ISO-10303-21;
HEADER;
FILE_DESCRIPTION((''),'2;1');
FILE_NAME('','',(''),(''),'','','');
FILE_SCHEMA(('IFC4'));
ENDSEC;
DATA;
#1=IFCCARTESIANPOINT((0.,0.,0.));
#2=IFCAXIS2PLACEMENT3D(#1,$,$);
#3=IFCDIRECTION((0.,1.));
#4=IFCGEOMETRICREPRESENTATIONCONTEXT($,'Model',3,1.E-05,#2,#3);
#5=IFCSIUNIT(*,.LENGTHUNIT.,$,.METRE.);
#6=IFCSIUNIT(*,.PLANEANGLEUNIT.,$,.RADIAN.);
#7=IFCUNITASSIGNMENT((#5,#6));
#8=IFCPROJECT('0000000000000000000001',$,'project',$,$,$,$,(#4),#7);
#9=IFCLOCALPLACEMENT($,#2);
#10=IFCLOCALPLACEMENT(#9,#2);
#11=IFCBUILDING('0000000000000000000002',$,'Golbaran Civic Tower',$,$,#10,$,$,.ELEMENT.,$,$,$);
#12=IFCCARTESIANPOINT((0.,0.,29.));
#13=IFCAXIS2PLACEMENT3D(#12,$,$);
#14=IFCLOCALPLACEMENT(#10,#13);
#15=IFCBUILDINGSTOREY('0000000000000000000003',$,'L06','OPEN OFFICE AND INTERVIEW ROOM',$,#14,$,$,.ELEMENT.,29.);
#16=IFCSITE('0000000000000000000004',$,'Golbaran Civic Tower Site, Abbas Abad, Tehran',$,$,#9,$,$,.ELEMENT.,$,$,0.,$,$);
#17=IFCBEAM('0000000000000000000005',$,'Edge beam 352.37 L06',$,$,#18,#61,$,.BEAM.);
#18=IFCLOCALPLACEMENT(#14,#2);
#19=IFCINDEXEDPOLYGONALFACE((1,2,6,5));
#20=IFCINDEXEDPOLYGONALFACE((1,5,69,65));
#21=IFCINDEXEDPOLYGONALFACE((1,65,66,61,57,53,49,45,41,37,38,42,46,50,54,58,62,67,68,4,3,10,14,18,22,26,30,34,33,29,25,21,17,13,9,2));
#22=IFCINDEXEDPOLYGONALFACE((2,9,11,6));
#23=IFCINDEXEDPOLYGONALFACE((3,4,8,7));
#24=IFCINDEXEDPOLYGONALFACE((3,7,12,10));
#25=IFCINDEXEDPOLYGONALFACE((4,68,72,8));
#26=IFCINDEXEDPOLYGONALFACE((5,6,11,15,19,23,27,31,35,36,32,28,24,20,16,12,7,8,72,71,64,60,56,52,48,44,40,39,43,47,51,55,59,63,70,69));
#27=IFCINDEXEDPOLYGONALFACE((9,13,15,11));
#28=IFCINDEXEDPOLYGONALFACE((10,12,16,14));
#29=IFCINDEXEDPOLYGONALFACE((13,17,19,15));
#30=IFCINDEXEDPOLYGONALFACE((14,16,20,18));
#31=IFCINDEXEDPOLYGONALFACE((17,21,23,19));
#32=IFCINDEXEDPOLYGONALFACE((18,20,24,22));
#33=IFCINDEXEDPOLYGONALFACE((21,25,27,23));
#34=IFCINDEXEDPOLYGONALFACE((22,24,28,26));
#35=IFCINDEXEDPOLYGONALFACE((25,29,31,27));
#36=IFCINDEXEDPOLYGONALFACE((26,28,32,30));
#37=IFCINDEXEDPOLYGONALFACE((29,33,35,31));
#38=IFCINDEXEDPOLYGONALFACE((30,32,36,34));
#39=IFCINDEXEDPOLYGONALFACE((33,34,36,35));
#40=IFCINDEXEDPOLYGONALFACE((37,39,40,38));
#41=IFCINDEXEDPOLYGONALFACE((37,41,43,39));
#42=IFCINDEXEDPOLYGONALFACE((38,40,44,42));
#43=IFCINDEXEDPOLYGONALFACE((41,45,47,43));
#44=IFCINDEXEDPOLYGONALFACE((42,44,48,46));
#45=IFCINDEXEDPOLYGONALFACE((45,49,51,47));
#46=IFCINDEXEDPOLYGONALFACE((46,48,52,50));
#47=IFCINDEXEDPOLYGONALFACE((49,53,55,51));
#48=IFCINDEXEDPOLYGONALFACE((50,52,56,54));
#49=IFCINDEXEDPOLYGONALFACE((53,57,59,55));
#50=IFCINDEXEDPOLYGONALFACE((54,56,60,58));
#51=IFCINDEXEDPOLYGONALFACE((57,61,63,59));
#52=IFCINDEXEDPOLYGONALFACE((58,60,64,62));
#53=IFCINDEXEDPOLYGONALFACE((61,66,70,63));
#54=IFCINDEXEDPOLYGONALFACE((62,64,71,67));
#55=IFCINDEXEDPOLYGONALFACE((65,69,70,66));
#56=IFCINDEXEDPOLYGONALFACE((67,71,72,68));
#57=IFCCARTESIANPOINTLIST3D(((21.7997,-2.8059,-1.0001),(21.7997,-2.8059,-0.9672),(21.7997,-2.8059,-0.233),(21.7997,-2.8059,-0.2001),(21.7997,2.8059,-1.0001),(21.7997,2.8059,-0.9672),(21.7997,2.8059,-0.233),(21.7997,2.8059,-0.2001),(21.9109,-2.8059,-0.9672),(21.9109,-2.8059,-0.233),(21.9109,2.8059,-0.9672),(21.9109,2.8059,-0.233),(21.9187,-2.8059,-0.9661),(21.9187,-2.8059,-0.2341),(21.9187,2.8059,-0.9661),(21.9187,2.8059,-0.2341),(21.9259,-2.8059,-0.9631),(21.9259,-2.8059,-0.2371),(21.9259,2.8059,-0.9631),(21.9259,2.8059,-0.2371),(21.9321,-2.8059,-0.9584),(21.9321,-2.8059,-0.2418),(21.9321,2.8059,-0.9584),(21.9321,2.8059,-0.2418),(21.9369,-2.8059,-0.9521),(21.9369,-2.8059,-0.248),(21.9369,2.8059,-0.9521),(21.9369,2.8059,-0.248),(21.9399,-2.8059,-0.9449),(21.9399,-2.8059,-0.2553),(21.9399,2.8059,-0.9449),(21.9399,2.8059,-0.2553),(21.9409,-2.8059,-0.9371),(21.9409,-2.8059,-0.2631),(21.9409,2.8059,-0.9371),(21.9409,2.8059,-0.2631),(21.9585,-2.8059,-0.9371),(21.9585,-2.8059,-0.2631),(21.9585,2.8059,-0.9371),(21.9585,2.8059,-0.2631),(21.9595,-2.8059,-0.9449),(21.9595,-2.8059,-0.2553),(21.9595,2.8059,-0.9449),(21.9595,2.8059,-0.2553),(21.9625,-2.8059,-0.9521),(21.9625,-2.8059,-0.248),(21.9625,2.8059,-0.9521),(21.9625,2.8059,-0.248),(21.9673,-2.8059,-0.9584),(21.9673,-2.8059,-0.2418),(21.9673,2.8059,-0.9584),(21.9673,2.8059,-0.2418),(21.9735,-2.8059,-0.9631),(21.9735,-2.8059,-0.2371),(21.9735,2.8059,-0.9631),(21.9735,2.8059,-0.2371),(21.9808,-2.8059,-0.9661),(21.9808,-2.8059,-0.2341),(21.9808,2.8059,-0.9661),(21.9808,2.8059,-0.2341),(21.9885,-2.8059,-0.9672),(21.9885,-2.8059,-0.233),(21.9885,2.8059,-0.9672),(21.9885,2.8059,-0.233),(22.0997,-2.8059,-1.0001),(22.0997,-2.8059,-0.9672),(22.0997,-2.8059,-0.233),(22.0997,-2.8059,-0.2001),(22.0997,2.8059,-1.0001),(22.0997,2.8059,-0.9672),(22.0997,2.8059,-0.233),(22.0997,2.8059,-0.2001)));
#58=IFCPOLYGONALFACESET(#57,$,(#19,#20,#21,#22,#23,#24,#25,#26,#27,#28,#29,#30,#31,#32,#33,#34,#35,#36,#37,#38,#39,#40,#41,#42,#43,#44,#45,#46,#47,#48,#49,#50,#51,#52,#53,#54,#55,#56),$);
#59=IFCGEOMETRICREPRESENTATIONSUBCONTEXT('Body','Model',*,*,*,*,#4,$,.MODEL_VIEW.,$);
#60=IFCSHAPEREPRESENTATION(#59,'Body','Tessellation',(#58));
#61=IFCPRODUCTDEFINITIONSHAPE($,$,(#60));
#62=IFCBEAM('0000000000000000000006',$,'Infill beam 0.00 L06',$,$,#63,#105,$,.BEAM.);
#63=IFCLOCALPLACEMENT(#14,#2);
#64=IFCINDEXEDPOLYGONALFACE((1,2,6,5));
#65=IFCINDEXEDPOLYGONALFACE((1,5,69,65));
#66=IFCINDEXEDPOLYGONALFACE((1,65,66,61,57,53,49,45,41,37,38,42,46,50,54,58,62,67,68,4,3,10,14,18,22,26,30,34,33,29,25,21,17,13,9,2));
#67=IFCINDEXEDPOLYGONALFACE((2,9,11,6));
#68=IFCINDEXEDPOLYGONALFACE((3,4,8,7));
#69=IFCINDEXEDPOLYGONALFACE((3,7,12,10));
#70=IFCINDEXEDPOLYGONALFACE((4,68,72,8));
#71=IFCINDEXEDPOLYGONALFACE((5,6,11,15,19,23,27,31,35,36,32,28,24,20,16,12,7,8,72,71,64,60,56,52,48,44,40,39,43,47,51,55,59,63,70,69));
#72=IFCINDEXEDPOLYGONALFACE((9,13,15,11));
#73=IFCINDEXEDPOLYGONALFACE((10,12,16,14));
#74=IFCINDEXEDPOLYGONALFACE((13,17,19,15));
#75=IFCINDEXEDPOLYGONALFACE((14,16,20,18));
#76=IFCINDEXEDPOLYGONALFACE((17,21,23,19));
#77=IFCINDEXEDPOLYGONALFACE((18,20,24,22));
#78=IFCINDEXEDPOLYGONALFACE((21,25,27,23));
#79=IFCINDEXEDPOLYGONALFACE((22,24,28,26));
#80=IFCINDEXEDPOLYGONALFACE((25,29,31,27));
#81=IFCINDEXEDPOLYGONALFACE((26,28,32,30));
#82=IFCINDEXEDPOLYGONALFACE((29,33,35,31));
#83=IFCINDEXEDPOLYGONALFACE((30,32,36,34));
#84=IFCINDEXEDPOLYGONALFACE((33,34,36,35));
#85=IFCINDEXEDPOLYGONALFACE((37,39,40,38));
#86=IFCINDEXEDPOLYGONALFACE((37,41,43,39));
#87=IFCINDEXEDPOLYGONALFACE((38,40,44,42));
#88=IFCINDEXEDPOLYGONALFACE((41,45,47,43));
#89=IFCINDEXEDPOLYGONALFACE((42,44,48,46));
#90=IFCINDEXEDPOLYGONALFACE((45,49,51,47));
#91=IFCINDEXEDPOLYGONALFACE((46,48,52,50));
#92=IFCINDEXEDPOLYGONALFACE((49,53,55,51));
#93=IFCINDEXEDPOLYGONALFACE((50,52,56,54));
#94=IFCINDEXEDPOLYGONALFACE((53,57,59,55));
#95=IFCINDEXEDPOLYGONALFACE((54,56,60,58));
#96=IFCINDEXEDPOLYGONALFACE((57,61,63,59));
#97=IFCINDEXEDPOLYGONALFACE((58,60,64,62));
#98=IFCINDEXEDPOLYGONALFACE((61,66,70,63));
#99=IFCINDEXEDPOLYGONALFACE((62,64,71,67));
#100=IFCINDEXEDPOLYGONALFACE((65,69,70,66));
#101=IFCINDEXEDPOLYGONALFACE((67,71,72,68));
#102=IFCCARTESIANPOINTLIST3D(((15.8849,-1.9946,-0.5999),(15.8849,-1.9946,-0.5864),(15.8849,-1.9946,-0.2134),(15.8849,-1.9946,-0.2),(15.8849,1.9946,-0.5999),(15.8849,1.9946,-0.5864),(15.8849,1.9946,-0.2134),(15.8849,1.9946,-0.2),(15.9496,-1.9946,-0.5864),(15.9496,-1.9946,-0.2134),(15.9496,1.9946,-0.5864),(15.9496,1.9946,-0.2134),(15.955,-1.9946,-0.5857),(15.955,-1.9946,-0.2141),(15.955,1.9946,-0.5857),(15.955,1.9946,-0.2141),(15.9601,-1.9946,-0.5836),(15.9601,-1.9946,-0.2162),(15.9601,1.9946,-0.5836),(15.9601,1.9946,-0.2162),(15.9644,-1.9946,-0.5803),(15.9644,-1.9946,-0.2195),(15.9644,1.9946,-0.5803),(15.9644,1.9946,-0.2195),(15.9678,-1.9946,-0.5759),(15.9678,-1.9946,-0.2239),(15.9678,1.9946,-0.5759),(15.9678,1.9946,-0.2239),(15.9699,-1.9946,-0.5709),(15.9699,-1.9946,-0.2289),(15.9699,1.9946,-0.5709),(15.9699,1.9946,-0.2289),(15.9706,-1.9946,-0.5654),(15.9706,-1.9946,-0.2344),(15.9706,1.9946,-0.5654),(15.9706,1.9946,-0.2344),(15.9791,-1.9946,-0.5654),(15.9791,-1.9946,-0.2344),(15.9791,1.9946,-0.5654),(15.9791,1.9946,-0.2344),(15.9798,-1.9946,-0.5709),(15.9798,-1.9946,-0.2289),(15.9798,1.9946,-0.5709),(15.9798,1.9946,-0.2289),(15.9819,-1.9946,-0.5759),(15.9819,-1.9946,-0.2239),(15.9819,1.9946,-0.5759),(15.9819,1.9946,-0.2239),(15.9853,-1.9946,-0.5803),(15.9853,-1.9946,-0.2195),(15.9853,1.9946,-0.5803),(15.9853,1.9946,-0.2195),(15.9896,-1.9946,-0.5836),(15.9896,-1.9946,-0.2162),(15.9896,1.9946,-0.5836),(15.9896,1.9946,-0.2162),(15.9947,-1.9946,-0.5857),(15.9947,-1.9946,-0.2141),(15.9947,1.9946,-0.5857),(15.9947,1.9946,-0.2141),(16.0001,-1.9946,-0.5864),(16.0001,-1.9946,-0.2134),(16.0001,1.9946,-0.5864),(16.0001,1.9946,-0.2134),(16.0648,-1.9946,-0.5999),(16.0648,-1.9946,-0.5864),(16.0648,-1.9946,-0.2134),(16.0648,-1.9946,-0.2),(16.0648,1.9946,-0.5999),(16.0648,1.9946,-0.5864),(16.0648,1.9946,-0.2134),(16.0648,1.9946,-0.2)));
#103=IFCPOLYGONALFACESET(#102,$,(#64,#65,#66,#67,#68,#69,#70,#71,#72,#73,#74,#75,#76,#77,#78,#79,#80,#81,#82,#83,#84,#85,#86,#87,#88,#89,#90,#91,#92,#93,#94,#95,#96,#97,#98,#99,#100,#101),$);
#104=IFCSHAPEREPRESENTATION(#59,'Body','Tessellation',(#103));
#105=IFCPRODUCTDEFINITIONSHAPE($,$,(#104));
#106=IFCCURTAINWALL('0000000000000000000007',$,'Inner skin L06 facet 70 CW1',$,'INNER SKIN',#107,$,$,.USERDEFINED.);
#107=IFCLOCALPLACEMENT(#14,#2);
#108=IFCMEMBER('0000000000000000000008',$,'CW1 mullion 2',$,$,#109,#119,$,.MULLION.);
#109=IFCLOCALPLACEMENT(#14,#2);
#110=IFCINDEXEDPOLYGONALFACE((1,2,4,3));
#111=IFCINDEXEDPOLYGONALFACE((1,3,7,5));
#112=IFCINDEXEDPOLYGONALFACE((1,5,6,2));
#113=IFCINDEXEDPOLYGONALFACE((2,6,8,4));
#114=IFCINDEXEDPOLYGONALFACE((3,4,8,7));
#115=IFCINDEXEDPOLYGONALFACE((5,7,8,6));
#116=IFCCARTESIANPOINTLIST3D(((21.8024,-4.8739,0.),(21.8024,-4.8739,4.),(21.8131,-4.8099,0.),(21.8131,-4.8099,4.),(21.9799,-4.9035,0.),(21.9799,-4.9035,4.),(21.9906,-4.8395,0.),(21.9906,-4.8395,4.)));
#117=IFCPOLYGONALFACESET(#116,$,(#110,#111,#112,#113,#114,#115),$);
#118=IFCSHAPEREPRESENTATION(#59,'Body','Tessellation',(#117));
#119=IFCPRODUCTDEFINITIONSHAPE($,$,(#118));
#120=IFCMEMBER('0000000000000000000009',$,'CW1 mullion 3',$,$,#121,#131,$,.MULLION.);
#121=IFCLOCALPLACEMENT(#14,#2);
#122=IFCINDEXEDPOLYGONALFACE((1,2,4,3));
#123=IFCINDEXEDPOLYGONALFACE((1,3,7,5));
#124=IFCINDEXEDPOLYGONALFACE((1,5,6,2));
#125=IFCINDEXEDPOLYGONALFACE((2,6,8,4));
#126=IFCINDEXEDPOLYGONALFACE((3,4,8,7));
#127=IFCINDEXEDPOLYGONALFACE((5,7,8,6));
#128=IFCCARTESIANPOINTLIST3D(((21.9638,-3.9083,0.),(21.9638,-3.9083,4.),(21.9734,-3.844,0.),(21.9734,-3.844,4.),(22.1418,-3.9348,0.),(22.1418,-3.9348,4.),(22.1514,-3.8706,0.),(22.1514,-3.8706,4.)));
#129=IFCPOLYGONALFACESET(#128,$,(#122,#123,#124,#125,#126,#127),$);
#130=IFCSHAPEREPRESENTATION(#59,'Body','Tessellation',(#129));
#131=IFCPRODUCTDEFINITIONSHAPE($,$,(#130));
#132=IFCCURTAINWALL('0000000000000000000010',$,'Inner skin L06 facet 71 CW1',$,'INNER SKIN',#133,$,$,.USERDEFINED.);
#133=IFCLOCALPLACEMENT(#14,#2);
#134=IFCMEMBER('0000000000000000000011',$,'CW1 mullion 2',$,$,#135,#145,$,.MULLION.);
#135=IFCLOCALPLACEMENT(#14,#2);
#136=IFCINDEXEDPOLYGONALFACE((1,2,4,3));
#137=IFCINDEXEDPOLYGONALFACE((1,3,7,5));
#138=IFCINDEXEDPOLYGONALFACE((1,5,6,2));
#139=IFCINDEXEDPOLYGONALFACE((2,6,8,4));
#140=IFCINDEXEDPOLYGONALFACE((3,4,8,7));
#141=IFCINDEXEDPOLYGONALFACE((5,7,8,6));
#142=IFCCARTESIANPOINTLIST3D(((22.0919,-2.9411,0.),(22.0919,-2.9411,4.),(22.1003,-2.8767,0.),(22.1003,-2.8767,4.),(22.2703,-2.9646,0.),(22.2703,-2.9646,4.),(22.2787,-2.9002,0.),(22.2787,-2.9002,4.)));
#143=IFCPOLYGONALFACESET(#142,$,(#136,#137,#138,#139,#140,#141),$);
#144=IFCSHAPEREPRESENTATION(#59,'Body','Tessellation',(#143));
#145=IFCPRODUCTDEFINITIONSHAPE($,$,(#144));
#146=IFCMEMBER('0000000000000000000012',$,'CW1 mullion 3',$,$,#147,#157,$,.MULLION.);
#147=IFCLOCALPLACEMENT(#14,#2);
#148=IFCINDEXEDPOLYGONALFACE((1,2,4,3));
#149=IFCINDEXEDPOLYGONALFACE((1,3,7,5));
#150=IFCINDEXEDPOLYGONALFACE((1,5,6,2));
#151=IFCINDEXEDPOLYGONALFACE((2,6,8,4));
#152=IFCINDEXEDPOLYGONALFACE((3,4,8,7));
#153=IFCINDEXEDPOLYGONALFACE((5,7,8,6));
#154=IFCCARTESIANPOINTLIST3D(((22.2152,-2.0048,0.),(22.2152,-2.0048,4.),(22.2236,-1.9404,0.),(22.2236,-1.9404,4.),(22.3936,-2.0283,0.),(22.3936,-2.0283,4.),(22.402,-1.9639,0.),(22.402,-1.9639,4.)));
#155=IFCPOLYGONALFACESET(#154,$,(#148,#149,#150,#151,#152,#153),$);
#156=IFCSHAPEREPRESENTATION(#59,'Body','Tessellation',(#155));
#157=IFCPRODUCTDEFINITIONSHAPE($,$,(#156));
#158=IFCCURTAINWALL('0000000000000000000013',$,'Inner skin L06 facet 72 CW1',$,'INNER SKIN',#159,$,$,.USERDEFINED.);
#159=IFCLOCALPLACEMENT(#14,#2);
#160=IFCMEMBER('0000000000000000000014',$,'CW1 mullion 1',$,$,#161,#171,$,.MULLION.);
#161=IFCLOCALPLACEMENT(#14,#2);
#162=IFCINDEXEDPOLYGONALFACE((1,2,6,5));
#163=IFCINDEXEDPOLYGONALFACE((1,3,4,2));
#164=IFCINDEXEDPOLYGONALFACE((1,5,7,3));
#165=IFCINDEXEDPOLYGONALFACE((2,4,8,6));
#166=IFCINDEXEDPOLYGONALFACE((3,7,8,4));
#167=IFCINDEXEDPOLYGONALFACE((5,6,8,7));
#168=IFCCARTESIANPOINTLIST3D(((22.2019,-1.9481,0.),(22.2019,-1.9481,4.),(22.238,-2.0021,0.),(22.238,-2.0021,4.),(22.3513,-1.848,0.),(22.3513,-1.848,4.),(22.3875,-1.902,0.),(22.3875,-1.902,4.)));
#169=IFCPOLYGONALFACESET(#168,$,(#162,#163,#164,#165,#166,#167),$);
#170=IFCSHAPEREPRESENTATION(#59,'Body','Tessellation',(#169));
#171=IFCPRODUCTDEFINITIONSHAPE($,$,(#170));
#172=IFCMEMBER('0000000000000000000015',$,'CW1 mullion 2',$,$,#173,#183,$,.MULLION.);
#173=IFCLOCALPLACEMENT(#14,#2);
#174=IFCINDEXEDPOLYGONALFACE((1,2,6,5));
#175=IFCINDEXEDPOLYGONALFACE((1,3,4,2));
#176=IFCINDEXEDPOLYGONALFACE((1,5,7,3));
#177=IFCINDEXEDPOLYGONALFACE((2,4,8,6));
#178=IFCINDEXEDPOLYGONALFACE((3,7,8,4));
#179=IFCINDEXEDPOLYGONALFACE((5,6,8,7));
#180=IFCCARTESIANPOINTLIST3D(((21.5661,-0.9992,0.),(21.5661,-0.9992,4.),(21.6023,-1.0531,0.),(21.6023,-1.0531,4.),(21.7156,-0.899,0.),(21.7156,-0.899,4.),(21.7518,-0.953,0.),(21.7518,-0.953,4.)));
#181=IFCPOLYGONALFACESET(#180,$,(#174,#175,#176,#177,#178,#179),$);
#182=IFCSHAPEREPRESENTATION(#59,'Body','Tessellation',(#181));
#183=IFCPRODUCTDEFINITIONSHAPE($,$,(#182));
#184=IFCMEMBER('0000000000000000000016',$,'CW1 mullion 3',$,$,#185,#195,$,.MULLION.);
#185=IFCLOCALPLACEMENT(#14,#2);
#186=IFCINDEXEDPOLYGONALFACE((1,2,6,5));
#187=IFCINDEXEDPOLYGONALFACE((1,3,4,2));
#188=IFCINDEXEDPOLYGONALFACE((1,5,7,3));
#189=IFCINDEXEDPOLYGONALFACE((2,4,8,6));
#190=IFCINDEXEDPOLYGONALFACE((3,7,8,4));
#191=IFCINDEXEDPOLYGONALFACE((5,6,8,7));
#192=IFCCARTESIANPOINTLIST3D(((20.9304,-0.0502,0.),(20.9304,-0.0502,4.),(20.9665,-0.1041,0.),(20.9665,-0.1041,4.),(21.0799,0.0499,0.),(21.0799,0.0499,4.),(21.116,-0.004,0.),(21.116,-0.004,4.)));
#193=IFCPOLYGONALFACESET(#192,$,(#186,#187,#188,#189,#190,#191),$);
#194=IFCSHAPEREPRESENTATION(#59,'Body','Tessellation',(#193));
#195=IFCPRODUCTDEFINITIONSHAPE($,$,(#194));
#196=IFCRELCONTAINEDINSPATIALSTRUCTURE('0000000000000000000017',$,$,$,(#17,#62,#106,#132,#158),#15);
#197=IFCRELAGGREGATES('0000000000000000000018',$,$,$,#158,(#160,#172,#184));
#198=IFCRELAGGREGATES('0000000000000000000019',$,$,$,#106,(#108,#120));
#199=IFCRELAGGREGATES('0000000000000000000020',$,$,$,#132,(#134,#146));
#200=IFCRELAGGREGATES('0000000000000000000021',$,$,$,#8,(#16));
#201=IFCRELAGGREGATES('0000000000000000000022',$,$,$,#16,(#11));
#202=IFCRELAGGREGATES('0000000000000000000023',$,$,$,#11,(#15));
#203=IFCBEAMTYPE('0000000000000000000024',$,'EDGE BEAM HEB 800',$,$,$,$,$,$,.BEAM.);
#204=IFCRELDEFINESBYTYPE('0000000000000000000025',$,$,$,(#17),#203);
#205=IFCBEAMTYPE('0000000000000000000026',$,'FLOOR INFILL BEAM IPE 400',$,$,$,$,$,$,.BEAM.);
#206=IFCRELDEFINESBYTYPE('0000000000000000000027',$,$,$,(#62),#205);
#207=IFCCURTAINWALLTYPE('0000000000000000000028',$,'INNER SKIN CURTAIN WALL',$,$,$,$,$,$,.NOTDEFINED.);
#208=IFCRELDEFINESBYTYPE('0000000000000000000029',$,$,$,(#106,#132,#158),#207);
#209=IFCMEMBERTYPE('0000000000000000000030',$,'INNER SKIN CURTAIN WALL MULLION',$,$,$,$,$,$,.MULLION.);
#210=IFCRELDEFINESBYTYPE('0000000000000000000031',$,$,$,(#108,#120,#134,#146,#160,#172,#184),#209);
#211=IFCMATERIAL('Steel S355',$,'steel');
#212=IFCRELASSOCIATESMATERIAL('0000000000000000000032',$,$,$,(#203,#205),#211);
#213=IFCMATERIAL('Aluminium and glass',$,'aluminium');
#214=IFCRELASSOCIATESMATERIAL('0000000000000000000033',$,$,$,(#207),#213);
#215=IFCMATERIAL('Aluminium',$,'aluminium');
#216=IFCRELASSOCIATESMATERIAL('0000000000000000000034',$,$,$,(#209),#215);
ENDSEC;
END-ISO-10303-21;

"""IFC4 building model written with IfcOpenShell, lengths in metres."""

from ifc_helpers import new_model, si_unit, direction, frame, origin, origin_2d, place, context, subcontext, project, spatial, rectangle, i_section, extrude, material, material_profile, profile_set, type_object, element, aggregate, save


model = new_model("IFC4")

# Units and contexts
model_context = context("Model", 3, precision=1e-05, world=origin(), true_north=direction((0.0, 1.0)))
body_context = subcontext(model_context, "Body", "Model", "MODEL_VIEW")
ifc_project = project(units=[si_unit("LENGTHUNIT", "METRE"), si_unit("PLANEANGLEUNIT", "RADIAN")], contexts=[model_context])

# Site, building, storey
site_placement = place(None, origin())
site = spatial("IfcSite", under=ifc_project, at=site_placement, Name="Golbaran Civic Tower Site, Abbas Abad, Tehran", CompositionType="ELEMENT", RefElevation=0.0)
building_placement = place(site_placement, origin())
building = spatial("IfcBuilding", under=site, at=building_placement, Name="Golbaran Civic Tower", CompositionType="ELEMENT")
storey_placement = place(building_placement, frame((0.0, 0.0, 29.0)))
storey = spatial("IfcBuildingStorey", under=building, at=storey_placement, Name="L06", Description="OPEN OFFICE AND INTERVIEW ROOM", CompositionType="ELEMENT", Elevation=29.0)

# Beams
ifc_material_1 = material(Name="Steel S355", Category="steel")
ifc_material_profile_1 = material_profile(ifc_material_1, i_section(OverallWidth=0.3, OverallDepth=0.8, WebThickness=0.0176, FlangeThickness=0.033, FilletRadius=0.03, at=origin_2d()), Name="HEB 800")
ifc_profile_set_1 = profile_set([ifc_material_profile_1], Name="Steel S355")
beam_type_1 = type_object("IfcBeamType", Name="EDGE BEAM HEB 800", PredefinedType="BEAM", material=ifc_profile_set_1)
beam_1_placement = place(storey_placement, frame((21.9497, -2.8059, -0.6001), z_axis=(0.0, 1.0, 0.0), x_axis=(-1.0, 0.0, 0.0)))
element("IfcBeam", 1, at=beam_1_placement, inside=storey, type_object=beam_type_1, Name="Edge beam 352.37 L06", PredefinedType="BEAM", context=body_context, shape_type="SweptSolid", body=[
    extrude(i_section(OverallWidth=0.3, OverallDepth=0.8, WebThickness=0.0176, FlangeThickness=0.033, FilletRadius=0.03, at=origin_2d()), origin(), (0.0, 0.0, 1.0), 5.6118),
])
ifc_material_profile_2 = material_profile(ifc_material_1, i_section(OverallWidth=0.1799, OverallDepth=0.3999, WebThickness=0.0085, FlangeThickness=0.0134, FilletRadius=0.021, at=origin_2d()), Name="IPE 400")
ifc_profile_set_2 = profile_set([ifc_material_profile_2], Name="Steel S355")
beam_type_2 = type_object("IfcBeamType", Name="FLOOR INFILL BEAM IPE 400", PredefinedType="BEAM", material=ifc_profile_set_2)
beam_2_placement = place(storey_placement, frame((15.9749, -1.9946, -0.3999), z_axis=(0.0, 1.0, 0.0), x_axis=(-1.0, 0.0, 0.0)))
element("IfcBeam", 2, at=beam_2_placement, inside=storey, type_object=beam_type_2, Name="Infill beam 0.00 L06", PredefinedType="BEAM", context=body_context, shape_type="SweptSolid", body=[
    extrude(i_section(OverallWidth=0.1799, OverallDepth=0.3999, WebThickness=0.0085, FlangeThickness=0.0134, FilletRadius=0.021, at=origin_2d()), origin(), (0.0, 0.0, 1.0), 3.9893),
])

# Curtain walls, members
ifc_material_2 = material(Name="Aluminium and glass", Category="aluminium")
curtain_wall_type = type_object("IfcCurtainWallType", Name="INNER SKIN CURTAIN WALL", PredefinedType="NOTDEFINED", material=ifc_material_2)
curtain_wall_1_placement = place(storey_placement, origin())
curtain_wall_1 = element("IfcCurtainWall", 3, at=curtain_wall_1_placement, inside=storey, type_object=curtain_wall_type, Name="Inner skin L06 facet 70 CW1", ObjectType="INNER SKIN", PredefinedType="USERDEFINED")
ifc_material_3 = material(Name="Aluminium", Category="aluminium")
ifc_material_profile_3 = material_profile(ifc_material_3, rectangle(XDim=0.1799, YDim=0.0649, at=origin_2d()), Name="INNER SKIN CURTAIN WALL MULLION")
ifc_profile_set_3 = profile_set([ifc_material_profile_3], Name="Aluminium")
member_type_1 = type_object("IfcMemberType", Name="INNER SKIN CURTAIN WALL MULLION", PredefinedType="MULLION", material=ifc_profile_set_3)
member_1_placement = place(storey_placement, frame((21.8965, -4.8567, 0.0), z_axis=(0.0, 0.0, 1.0), x_axis=(-0.986391, 0.164415, 0.0)))
member_1 = element("IfcMember", 4, at=member_1_placement, type_object=member_type_1, Name="CW1 mullion 2", PredefinedType="MULLION", context=body_context, shape_type="SweptSolid", body=[
    extrude(rectangle(XDim=0.1799, YDim=0.0649, at=origin_2d()), origin(), (0.0, 0.0, 1.0), 4.0),
])
member_2_placement = place(storey_placement, frame((22.0576, -3.8894, 0.0), z_axis=(0.0, 0.0, 1.0), x_axis=(-0.989063, 0.147492, 0.0)))
member_2 = element("IfcMember", 5, at=member_2_placement, type_object=member_type_1, Name="CW1 mullion 3", PredefinedType="MULLION", context=body_context, shape_type="SweptSolid", body=[
    extrude(rectangle(XDim=0.1799, YDim=0.0649, at=origin_2d()), origin(), (0.0, 0.0, 1.0), 4.0),
])
curtain_wall_2_placement = place(storey_placement, origin())
curtain_wall_2 = element("IfcCurtainWall", 6, at=curtain_wall_2_placement, inside=storey, type_object=curtain_wall_type, Name="Inner skin L06 facet 71 CW1", ObjectType="INNER SKIN", PredefinedType="USERDEFINED")
member_3_placement = place(storey_placement, frame((22.1853, -2.9207, 0.0), z_axis=(0.0, 0.0, 1.0), x_axis=(-0.991445, 0.130526, 0.0)))
member_3 = element("IfcMember", 7, at=member_3_placement, type_object=member_type_1, Name="CW1 mullion 2", PredefinedType="MULLION", context=body_context, shape_type="SweptSolid", body=[
    extrude(rectangle(XDim=0.1799, YDim=0.0649, at=origin_2d()), origin(), (0.0, 0.0, 1.0), 4.0),
])
member_4_placement = place(storey_placement, frame((22.3086, -1.9844, 0.0), z_axis=(0.0, 0.0, 1.0), x_axis=(-0.991445, 0.130526, 0.0)))
member_4 = element("IfcMember", 8, at=member_4_placement, type_object=member_type_1, Name="CW1 mullion 3", PredefinedType="MULLION", context=body_context, shape_type="SweptSolid", body=[
    extrude(rectangle(XDim=0.1799, YDim=0.0649, at=origin_2d()), origin(), (0.0, 0.0, 1.0), 4.0),
])
curtain_wall_3_placement = place(storey_placement, origin())
curtain_wall_3 = element("IfcCurtainWall", 9, at=curtain_wall_3_placement, inside=storey, type_object=curtain_wall_type, Name="Inner skin L06 facet 72 CW1", ObjectType="INNER SKIN", PredefinedType="USERDEFINED")
member_5_placement = place(storey_placement, frame((22.2947, -1.925, 0.0), z_axis=(0.0, 0.0, 1.0), x_axis=(-0.830799, -0.556572, 0.0)))
member_5 = element("IfcMember", 10, at=member_5_placement, type_object=member_type_1, Name="CW1 mullion 1", PredefinedType="MULLION", context=body_context, shape_type="SweptSolid", body=[
    extrude(rectangle(XDim=0.1799, YDim=0.0649, at=origin_2d()), origin(), (0.0, 0.0, 1.0), 4.0),
])
member_6_placement = place(storey_placement, frame((21.6589, -0.9761, 0.0), z_axis=(0.0, 0.0, 1.0), x_axis=(-0.830799, -0.556572, 0.0)))
member_6 = element("IfcMember", 11, at=member_6_placement, type_object=member_type_1, Name="CW1 mullion 2", PredefinedType="MULLION", context=body_context, shape_type="SweptSolid", body=[
    extrude(rectangle(XDim=0.1799, YDim=0.0649, at=origin_2d()), origin(), (0.0, 0.0, 1.0), 4.0),
])
member_7_placement = place(storey_placement, frame((21.0232, -0.0271, 0.0), z_axis=(0.0, 0.0, 1.0), x_axis=(-0.830799, -0.556572, 0.0)))
member_7 = element("IfcMember", 12, at=member_7_placement, type_object=member_type_1, Name="CW1 mullion 3", PredefinedType="MULLION", context=body_context, shape_type="SweptSolid", body=[
    extrude(rectangle(XDim=0.1799, YDim=0.0649, at=origin_2d()), origin(), (0.0, 0.0, 1.0), 4.0),
])

aggregate(curtain_wall_3, [member_5, member_6, member_7])
aggregate(curtain_wall_1, [member_1, member_2])
aggregate(curtain_wall_2, [member_3, member_4])

save(model, "model.ifc")
